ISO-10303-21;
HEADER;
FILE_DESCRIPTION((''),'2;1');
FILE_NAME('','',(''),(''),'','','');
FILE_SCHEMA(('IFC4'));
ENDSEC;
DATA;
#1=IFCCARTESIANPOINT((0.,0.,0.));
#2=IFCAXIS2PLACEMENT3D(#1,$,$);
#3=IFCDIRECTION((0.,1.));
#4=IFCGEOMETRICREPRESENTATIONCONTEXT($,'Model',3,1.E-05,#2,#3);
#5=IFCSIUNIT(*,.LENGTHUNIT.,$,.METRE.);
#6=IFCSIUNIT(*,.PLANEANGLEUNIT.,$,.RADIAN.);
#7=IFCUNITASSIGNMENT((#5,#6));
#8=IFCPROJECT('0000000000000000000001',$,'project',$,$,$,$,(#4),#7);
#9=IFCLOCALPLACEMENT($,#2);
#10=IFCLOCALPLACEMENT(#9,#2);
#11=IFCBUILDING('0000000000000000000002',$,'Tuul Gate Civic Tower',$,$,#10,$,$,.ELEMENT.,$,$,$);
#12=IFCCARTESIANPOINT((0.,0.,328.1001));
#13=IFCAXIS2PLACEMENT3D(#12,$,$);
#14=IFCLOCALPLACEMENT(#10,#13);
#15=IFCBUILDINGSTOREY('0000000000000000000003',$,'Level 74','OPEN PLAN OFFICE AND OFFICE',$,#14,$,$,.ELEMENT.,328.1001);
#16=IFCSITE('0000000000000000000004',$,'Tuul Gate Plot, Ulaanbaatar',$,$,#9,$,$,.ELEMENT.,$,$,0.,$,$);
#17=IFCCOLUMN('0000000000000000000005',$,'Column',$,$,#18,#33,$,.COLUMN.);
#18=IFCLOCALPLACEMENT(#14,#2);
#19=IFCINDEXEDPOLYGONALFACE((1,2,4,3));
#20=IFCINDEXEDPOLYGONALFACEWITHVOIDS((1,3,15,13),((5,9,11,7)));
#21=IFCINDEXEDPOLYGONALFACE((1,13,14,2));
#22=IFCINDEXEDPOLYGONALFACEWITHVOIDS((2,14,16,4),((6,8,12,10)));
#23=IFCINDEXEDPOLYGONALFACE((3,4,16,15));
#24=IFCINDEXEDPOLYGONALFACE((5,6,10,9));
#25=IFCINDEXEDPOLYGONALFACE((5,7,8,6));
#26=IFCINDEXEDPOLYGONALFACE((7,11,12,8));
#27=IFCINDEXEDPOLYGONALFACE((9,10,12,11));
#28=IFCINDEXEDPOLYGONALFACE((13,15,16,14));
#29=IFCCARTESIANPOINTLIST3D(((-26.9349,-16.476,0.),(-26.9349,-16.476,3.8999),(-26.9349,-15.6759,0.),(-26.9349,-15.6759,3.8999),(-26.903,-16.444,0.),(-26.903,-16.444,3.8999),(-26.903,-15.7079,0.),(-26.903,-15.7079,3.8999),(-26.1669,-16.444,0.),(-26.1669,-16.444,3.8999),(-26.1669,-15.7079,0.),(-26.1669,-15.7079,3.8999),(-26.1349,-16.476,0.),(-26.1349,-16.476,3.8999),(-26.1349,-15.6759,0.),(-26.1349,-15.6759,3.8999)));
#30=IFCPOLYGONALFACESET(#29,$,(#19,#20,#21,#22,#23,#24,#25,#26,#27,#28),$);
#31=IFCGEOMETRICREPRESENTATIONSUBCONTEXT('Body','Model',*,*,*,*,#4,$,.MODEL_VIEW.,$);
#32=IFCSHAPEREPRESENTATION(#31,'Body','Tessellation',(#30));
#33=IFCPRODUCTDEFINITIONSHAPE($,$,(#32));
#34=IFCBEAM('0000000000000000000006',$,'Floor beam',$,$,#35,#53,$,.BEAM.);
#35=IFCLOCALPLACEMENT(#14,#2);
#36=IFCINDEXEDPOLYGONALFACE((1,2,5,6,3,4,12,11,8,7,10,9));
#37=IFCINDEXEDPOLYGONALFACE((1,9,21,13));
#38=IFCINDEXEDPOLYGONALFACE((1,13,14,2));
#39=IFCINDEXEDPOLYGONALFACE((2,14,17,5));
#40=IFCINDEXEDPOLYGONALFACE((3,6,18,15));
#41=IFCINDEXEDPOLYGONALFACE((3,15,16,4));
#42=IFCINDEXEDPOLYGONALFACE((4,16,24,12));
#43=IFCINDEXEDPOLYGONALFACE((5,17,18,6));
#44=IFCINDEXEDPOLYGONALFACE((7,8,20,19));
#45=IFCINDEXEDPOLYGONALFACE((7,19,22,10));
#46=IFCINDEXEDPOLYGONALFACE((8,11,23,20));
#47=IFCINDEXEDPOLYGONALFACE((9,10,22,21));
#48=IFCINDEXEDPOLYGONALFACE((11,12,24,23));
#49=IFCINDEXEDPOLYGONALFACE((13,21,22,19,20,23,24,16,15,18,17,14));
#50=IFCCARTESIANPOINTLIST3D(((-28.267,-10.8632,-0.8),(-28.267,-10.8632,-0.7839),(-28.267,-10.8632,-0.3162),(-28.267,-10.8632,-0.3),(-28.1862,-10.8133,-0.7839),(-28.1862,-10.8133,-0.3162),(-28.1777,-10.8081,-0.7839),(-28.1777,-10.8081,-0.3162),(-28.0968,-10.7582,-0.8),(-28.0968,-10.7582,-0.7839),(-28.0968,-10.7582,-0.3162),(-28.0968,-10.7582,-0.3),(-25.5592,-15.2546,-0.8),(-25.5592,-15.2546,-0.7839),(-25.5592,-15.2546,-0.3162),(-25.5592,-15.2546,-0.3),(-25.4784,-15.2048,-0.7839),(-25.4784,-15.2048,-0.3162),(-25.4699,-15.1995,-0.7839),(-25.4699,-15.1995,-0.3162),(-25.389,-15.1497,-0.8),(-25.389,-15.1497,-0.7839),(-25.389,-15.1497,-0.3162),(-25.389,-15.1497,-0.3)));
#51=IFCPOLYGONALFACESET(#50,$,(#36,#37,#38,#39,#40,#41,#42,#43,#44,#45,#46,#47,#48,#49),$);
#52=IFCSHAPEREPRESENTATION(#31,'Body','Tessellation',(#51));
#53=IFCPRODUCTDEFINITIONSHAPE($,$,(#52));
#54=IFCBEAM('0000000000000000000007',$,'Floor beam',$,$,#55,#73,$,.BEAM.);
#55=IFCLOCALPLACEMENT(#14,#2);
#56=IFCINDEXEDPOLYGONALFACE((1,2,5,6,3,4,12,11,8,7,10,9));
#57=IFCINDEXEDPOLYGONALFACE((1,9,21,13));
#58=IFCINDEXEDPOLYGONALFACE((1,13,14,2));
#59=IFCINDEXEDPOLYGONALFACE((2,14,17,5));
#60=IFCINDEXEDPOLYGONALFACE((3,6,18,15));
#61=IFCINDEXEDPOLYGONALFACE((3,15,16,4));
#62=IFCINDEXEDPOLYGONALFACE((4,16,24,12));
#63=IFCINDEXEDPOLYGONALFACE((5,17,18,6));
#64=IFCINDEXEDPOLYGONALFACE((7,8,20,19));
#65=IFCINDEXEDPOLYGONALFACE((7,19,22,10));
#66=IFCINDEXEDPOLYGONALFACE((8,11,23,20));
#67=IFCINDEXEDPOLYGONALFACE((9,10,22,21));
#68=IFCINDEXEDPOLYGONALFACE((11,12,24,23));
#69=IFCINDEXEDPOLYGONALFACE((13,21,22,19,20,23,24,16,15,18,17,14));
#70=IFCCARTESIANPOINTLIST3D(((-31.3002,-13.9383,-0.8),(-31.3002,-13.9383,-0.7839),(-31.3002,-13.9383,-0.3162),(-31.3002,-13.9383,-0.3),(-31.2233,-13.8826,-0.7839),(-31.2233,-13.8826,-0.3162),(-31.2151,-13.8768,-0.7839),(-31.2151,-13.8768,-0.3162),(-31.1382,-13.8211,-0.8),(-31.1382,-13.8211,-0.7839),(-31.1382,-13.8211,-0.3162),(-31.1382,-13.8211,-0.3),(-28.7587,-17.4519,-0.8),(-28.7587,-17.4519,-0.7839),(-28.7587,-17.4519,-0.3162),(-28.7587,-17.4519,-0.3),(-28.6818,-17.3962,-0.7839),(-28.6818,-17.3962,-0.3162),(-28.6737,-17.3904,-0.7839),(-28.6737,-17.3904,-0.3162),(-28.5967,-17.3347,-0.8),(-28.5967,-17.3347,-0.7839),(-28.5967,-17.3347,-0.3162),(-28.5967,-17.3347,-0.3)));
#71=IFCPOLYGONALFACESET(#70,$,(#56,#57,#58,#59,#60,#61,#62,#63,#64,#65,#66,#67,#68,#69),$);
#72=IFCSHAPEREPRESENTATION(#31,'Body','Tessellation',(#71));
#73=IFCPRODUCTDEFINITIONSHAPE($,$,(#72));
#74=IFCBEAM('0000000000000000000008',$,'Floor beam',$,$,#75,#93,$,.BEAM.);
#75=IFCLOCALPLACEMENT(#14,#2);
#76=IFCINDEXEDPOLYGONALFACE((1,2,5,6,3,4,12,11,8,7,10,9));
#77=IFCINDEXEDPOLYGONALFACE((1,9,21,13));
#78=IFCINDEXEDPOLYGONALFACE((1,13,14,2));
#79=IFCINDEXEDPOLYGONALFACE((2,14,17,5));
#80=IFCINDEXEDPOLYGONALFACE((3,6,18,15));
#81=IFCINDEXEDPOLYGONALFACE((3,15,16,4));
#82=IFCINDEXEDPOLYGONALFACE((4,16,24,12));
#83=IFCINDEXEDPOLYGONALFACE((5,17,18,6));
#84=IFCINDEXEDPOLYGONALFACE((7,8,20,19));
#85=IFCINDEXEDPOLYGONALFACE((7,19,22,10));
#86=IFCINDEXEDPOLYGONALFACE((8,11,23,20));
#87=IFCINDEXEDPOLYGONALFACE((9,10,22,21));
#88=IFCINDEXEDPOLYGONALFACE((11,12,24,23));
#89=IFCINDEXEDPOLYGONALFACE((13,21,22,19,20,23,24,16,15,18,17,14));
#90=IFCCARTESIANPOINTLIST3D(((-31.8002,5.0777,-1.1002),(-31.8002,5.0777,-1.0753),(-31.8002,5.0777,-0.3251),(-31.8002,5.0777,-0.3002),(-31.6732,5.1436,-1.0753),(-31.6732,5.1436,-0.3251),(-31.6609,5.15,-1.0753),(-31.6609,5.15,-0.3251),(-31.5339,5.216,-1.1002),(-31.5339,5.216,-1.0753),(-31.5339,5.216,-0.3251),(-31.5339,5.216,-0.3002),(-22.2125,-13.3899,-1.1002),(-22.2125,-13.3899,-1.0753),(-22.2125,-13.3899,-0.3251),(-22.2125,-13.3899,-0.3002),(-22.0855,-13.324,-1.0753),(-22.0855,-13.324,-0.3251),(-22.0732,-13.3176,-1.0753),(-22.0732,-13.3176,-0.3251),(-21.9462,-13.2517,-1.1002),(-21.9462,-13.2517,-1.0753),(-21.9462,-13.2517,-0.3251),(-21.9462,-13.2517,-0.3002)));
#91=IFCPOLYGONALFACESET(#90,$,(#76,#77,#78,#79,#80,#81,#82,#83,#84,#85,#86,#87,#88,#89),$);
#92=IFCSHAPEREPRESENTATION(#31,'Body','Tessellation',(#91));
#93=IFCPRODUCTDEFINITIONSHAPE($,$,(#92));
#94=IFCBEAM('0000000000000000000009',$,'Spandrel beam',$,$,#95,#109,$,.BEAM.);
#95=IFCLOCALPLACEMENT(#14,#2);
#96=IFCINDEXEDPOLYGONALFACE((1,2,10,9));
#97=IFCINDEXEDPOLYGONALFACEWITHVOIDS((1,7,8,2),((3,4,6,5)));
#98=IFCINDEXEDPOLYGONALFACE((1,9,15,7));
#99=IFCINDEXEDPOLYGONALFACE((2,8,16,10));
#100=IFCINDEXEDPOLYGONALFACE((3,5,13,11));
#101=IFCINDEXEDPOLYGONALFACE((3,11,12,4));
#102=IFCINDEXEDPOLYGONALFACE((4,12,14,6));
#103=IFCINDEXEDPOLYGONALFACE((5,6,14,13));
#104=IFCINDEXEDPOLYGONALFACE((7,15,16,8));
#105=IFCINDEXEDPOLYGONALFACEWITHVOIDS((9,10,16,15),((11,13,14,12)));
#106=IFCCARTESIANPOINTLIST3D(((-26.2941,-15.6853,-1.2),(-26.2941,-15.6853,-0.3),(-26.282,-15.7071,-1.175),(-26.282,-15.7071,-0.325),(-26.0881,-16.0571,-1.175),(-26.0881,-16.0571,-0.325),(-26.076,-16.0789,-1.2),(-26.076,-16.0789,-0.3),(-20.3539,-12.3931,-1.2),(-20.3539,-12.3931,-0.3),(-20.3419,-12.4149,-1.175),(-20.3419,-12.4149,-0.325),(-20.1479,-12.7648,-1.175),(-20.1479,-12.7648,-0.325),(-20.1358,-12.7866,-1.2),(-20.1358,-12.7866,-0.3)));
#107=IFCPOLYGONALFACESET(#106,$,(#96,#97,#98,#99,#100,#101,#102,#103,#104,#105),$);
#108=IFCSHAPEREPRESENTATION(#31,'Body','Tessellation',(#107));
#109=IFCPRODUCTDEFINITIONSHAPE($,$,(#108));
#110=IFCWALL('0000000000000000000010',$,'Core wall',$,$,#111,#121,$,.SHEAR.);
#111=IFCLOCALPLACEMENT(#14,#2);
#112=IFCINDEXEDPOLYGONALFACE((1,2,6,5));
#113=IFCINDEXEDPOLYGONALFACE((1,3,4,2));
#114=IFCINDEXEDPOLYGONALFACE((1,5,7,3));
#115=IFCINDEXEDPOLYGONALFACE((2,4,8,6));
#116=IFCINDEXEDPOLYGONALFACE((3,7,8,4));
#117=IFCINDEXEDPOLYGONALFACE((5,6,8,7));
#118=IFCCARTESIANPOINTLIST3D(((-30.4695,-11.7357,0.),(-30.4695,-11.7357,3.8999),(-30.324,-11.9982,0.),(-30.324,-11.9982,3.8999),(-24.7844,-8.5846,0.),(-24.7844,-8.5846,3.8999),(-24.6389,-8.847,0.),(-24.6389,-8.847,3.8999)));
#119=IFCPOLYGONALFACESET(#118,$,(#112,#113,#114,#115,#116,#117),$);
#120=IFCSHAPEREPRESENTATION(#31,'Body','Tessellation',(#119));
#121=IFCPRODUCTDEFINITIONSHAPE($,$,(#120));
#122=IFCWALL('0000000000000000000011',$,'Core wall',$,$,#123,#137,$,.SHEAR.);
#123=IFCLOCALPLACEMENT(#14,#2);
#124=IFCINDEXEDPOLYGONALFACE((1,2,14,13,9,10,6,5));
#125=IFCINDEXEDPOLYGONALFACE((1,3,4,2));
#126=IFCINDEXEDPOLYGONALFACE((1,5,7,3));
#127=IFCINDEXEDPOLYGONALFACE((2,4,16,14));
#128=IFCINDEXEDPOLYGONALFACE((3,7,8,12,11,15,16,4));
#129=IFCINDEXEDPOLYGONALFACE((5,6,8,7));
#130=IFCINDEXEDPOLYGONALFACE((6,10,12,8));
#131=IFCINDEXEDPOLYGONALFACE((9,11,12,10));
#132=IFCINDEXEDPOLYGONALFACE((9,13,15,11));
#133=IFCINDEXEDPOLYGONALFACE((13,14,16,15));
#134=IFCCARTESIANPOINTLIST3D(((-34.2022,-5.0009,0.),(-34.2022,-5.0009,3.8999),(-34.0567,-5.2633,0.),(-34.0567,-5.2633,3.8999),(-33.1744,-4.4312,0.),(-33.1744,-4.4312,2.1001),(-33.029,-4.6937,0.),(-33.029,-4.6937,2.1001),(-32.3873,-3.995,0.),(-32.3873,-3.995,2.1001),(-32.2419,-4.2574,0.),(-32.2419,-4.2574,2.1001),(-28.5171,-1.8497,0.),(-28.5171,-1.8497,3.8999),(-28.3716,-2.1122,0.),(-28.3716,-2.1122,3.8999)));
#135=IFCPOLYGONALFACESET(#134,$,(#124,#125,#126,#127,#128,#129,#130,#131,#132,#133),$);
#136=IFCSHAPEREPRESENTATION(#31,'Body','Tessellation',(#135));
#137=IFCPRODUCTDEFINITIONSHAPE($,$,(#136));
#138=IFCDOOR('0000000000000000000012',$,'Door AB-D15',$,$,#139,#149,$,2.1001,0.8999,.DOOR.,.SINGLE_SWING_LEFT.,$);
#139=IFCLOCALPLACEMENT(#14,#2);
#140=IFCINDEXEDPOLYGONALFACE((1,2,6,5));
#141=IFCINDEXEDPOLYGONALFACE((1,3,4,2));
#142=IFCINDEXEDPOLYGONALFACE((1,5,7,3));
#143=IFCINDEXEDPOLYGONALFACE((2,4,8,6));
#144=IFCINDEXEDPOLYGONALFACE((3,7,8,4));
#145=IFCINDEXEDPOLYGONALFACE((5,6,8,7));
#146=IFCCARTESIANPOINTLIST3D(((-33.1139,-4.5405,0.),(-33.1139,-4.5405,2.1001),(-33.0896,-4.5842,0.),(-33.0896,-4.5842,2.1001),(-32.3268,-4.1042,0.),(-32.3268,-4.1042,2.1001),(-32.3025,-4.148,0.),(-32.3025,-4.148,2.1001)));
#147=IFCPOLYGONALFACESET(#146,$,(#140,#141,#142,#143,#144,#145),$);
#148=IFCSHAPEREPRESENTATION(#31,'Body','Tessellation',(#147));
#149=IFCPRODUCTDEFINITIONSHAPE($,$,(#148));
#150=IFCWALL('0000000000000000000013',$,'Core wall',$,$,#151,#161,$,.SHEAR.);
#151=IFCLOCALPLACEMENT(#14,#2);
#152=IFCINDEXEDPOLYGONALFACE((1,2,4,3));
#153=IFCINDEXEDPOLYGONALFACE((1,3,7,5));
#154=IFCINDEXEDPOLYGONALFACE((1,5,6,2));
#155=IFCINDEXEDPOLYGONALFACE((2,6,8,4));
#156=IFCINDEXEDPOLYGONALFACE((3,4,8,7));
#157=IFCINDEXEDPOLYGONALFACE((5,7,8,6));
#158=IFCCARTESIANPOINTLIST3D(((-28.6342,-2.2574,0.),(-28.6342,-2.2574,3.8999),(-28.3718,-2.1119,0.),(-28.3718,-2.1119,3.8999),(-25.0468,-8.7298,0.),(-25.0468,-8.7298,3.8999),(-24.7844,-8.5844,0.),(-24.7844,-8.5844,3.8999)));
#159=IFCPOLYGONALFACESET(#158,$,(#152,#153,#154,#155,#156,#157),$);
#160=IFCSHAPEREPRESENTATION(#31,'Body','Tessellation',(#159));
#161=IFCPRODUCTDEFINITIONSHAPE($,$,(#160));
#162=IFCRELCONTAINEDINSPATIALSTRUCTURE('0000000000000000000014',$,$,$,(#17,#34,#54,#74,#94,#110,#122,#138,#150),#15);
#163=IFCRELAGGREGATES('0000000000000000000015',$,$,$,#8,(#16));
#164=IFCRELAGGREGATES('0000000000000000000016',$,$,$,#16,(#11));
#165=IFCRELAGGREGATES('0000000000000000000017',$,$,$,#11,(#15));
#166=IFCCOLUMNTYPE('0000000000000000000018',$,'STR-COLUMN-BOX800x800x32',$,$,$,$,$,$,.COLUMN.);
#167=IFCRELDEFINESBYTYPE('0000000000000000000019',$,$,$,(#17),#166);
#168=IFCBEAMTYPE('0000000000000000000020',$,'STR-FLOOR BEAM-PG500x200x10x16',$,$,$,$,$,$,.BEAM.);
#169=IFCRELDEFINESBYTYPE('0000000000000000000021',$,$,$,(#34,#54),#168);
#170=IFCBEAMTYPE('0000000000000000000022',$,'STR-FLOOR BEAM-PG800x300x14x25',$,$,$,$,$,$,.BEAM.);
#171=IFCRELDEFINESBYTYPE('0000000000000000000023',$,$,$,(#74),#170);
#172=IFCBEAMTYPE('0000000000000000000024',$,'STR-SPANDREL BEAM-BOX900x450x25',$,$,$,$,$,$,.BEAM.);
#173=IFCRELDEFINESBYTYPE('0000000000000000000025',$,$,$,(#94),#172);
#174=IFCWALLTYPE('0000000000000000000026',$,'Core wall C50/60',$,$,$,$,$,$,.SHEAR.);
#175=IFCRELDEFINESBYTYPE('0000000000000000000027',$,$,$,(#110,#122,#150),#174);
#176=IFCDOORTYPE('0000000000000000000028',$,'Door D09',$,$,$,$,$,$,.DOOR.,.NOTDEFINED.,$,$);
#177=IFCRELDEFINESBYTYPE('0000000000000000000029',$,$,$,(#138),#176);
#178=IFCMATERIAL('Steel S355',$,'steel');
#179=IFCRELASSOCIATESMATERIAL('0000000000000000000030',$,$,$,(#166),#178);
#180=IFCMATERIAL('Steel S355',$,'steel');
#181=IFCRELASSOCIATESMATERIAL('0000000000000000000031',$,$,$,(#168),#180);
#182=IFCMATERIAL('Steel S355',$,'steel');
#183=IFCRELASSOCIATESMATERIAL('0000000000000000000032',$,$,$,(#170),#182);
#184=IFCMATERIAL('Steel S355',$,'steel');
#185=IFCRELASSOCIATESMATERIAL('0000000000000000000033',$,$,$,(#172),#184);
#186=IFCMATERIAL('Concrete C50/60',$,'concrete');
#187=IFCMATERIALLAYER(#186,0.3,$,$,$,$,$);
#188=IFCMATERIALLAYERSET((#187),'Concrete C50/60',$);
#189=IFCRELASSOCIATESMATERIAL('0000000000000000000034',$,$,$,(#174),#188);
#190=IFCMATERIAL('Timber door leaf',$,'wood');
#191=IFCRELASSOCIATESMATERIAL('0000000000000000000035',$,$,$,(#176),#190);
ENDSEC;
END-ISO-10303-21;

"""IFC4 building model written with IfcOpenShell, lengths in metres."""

from ifc_helpers import new_model, si_unit, direction, frame, frame_2d, origin, origin_2d, place, context, subcontext, project, spatial, rectangle, hollow_rectangle, i_section, extrude, material, layer, layer_set, material_profile, profile_set, type_object, element, fill, save


model = new_model("IFC4")

# Units and contexts
model_context = context("Model", 3, precision=1e-05, world=origin(), true_north=direction((0.0, 1.0)))
body_context = subcontext(model_context, "Body", "Model", "MODEL_VIEW")
ifc_project = project(units=[si_unit("LENGTHUNIT", "METRE"), si_unit("PLANEANGLEUNIT", "RADIAN")], contexts=[model_context])

# Site, building, storey
site_placement = place(None, origin())
site = spatial("IfcSite", under=ifc_project, at=site_placement, Name="Tuul Gate Plot, Ulaanbaatar", CompositionType="ELEMENT", RefElevation=0.0)
building_placement = place(site_placement, origin())
building = spatial("IfcBuilding", under=site, at=building_placement, Name="Tuul Gate Civic Tower", CompositionType="ELEMENT")
storey_placement = place(building_placement, frame((0.0, 0.0, 328.1001)))
storey = spatial("IfcBuildingStorey", under=building, at=storey_placement, Name="Level 74", Description="OPEN PLAN OFFICE AND OFFICE", CompositionType="ELEMENT", Elevation=328.1001)

# Column
ifc_material_1 = material(Name="Steel S355", Category="steel")
ifc_material_profile_1 = material_profile(ifc_material_1, hollow_rectangle(XDim=0.8, YDim=0.8, WallThickness=0.032, at=origin_2d()), Name="BOX800x800x32")
ifc_profile_set_1 = profile_set([ifc_material_profile_1], Name="Steel S355")
column_type = type_object("IfcColumnType", Name="STR-COLUMN-BOX800x800x32", PredefinedType="COLUMN", material=ifc_profile_set_1)
column_placement = place(storey_placement, frame((-26.5349, -16.0759, 0.0), z_axis=(0.0, 0.0, 1.0), x_axis=(1.0, 0.0, 0.0)))
element("IfcColumn", 1, at=column_placement, inside=storey, type_object=column_type, Name="Column", PredefinedType="COLUMN", context=body_context, shape_type="SweptSolid", body=[
    extrude(hollow_rectangle(XDim=0.8, YDim=0.8, WallThickness=0.032, at=origin_2d()), origin(), (0.0, 0.0, 1.0), 3.8999),
])

# Beams
ifc_material_2 = material(Name="Steel S355", Category="steel")
ifc_material_profile_2 = material_profile(ifc_material_2, i_section(OverallWidth=0.2, OverallDepth=0.5, WebThickness=0.01, FlangeThickness=0.0161, at=origin_2d()), Name="PG500x200x10x16")
ifc_profile_set_2 = profile_set([ifc_material_profile_2], Name="Steel S355")
beam_type_1 = type_object("IfcBeamType", Name="STR-FLOOR BEAM-PG500x200x10x16", PredefinedType="BEAM", material=ifc_profile_set_2)
beam_1_placement = place(storey_placement, frame((-25.4741, -15.2021, -0.55), z_axis=(-0.524855, 0.851192, 0.0), x_axis=(-0.851192, -0.524855, 0.0)))
element("IfcBeam", 2, at=beam_1_placement, inside=storey, type_object=beam_type_1, Name="Floor beam", PredefinedType="BEAM", context=body_context, shape_type="SweptSolid", body=[
    extrude(i_section(OverallWidth=0.2, OverallDepth=0.5, WebThickness=0.01, FlangeThickness=0.0161, at=origin_2d()), origin(), (0.0, 0.0, 1.0), 5.1592),
])
beam_2_placement = place(storey_placement, frame((-28.6777, -17.3933, -0.55), z_axis=(-0.586074, 0.810257, 0.0), x_axis=(-0.810257, -0.586074, 0.0)))
element("IfcBeam", 3, at=beam_2_placement, inside=storey, type_object=beam_type_1, Name="Floor beam", PredefinedType="BEAM", context=body_context, shape_type="SweptSolid", body=[
    extrude(i_section(OverallWidth=0.2, OverallDepth=0.5, WebThickness=0.01, FlangeThickness=0.0161, at=origin_2d()), origin(), (0.0, 0.0, 1.0), 4.3364),
])
ifc_material_3 = material(Name="Steel S355", Category="steel")
ifc_material_profile_3 = material_profile(ifc_material_3, i_section(OverallWidth=0.3, OverallDepth=0.8, WebThickness=0.0139, FlangeThickness=0.0249, at=origin_2d()), Name="PG800x300x14x25")
ifc_profile_set_3 = profile_set([ifc_material_profile_3], Name="Steel S355")
beam_type_2 = type_object("IfcBeamType", Name="STR-FLOOR BEAM-PG800x300x14x25", PredefinedType="BEAM", material=ifc_profile_set_3)
beam_3_placement = place(storey_placement, frame((-22.0793, -13.3208, -0.7002), z_axis=(-0.460767, 0.887521, 0.0), x_axis=(-0.887521, -0.460767, 0.0)))
element("IfcBeam", 4, at=beam_3_placement, inside=storey, type_object=beam_type_2, Name="Floor beam", PredefinedType="BEAM", context=body_context, shape_type="SweptSolid", body=[
    extrude(i_section(OverallWidth=0.3, OverallDepth=0.8, WebThickness=0.0139, FlangeThickness=0.0249, at=origin_2d()), origin(), (0.0, 0.0, 1.0), 20.8081),
])
ifc_material_4 = material(Name="Steel S355", Category="steel")
ifc_material_profile_4 = material_profile(ifc_material_4, hollow_rectangle(XDim=0.45, YDim=0.8999, WallThickness=0.0249, at=origin_2d()), Name="BOX900x450x25")
ifc_profile_set_4 = profile_set([ifc_material_profile_4], Name="Steel S355")
beam_type_3 = type_object("IfcBeamType", Name="STR-SPANDREL BEAM-BOX900x450x25", PredefinedType="BEAM", material=ifc_profile_set_4)
beam_4_placement = place(storey_placement, frame((-26.1851, -15.8821, -0.75), z_axis=(0.874649, 0.484758, 0.0), x_axis=(-0.484758, 0.874649, 0.0)))
element("IfcBeam", 5, at=beam_4_placement, inside=storey, type_object=beam_type_3, Name="Spandrel beam", PredefinedType="BEAM", context=body_context, shape_type="SweptSolid", body=[
    extrude(hollow_rectangle(XDim=0.45, YDim=0.8999, WallThickness=0.0249, at=origin_2d()), origin(), (0.0, 0.0, 1.0), 6.7915),
])

# Wall
ifc_material_5 = material(Name="Concrete C50/60", Category="concrete")
ifc_layer_1 = layer(ifc_material_5, 0.3)
ifc_layer_set_1 = layer_set([ifc_layer_1], Name="Concrete C50/60")
wall_type_1 = type_object("IfcWallType", Name="Core wall C50/60", PredefinedType="SHEAR", material=ifc_layer_set_1)
wall_1_placement = place(storey_placement, frame((-24.7117, -8.7158, 0.0), z_axis=(0.0, 0.0, 1.0), x_axis=(-0.87463, -0.484791, 0.0)))
element("IfcWall", 6, at=wall_1_placement, inside=storey, type_object=wall_type_1, Name="Core wall", PredefinedType="SHEAR", context=body_context, shape_type="SweptSolid", body=[
    extrude(rectangle(XDim=6.5, YDim=0.3, at=frame_2d((3.25, 0.0))), origin(), (0.0, 0.0, 1.0), 3.8999),
])

# Wall, opening, door
wall_2_placement = place(storey_placement, frame((-28.4443, -1.981, 0.0), z_axis=(0.0, 0.0, 1.0), x_axis=(-0.87463, -0.484791, 0.0)))
wall_2 = element("IfcWall", 7, at=wall_2_placement, inside=storey, type_object=wall_type_1, Name="Core wall", PredefinedType="SHEAR", context=body_context, shape_type="SweptSolid", body=[
    extrude(rectangle(XDim=6.5, YDim=0.3, at=frame_2d((3.25, 0.0))), origin(), (0.0, 0.0, 1.0), 3.8999),
])
opening_1_placement = place(wall_2_placement, frame((4.425, 0.0, 0.0)))
opening_1 = element("IfcOpeningElement", 8, at=opening_1_placement, cuts=wall_2, PredefinedType="OPENING", context=body_context, shape_type="SweptSolid", body=[
    extrude(rectangle(XDim=0.8999, YDim=2.1001, at=frame_2d((0.45, 1.05))), frame((0.0, 0.1602, 0.0), z_axis=(0.0, -1.0, 0.0), x_axis=(1.0, 0.0, 0.0)), (0.0, 0.0, 1.0), 0.3201),
])
ifc_material_6 = material(Name="Timber door leaf", Category="wood")
door_type_1 = type_object("IfcDoorType", Name="Door D09", OperationType="NOTDEFINED", PredefinedType="DOOR", material=ifc_material_6)
door_1_placement = place(opening_1_placement, origin())
door_1 = element("IfcDoor", 9, at=door_1_placement, inside=storey, type_object=door_type_1, Name="Door AB-D15", OperationType="SINGLE_SWING_LEFT", OverallHeight=2.1001, OverallWidth=0.8999, PredefinedType="DOOR", context=body_context, shape_type="SweptSolid", body=[
    extrude(rectangle(XDim=0.8999, YDim=2.1001, at=frame_2d((0.45, 1.05))), frame((0.0, 0.0249, 0.0), z_axis=(0.0, -1.0, 0.0), x_axis=(1.0, 0.0, 0.0)), (0.0, 0.0, 1.0), 0.05),
])
fill(opening_1, door_1)

# Wall
wall_3_placement = place(storey_placement, frame((-24.9155, -8.6572, 0.0), z_axis=(0.0, 0.0, 1.0), x_axis=(-0.484777, 0.874638, 0.0)))
element("IfcWall", 10, at=wall_3_placement, inside=storey, type_object=wall_type_1, Name="Core wall", PredefinedType="SHEAR", context=body_context, shape_type="SweptSolid", body=[
    extrude(rectangle(XDim=7.4001, YDim=0.3, at=frame_2d((3.7002, 0.0))), origin(), (0.0, 0.0, 1.0), 3.8999),
])

save(model, "model.ifc")
